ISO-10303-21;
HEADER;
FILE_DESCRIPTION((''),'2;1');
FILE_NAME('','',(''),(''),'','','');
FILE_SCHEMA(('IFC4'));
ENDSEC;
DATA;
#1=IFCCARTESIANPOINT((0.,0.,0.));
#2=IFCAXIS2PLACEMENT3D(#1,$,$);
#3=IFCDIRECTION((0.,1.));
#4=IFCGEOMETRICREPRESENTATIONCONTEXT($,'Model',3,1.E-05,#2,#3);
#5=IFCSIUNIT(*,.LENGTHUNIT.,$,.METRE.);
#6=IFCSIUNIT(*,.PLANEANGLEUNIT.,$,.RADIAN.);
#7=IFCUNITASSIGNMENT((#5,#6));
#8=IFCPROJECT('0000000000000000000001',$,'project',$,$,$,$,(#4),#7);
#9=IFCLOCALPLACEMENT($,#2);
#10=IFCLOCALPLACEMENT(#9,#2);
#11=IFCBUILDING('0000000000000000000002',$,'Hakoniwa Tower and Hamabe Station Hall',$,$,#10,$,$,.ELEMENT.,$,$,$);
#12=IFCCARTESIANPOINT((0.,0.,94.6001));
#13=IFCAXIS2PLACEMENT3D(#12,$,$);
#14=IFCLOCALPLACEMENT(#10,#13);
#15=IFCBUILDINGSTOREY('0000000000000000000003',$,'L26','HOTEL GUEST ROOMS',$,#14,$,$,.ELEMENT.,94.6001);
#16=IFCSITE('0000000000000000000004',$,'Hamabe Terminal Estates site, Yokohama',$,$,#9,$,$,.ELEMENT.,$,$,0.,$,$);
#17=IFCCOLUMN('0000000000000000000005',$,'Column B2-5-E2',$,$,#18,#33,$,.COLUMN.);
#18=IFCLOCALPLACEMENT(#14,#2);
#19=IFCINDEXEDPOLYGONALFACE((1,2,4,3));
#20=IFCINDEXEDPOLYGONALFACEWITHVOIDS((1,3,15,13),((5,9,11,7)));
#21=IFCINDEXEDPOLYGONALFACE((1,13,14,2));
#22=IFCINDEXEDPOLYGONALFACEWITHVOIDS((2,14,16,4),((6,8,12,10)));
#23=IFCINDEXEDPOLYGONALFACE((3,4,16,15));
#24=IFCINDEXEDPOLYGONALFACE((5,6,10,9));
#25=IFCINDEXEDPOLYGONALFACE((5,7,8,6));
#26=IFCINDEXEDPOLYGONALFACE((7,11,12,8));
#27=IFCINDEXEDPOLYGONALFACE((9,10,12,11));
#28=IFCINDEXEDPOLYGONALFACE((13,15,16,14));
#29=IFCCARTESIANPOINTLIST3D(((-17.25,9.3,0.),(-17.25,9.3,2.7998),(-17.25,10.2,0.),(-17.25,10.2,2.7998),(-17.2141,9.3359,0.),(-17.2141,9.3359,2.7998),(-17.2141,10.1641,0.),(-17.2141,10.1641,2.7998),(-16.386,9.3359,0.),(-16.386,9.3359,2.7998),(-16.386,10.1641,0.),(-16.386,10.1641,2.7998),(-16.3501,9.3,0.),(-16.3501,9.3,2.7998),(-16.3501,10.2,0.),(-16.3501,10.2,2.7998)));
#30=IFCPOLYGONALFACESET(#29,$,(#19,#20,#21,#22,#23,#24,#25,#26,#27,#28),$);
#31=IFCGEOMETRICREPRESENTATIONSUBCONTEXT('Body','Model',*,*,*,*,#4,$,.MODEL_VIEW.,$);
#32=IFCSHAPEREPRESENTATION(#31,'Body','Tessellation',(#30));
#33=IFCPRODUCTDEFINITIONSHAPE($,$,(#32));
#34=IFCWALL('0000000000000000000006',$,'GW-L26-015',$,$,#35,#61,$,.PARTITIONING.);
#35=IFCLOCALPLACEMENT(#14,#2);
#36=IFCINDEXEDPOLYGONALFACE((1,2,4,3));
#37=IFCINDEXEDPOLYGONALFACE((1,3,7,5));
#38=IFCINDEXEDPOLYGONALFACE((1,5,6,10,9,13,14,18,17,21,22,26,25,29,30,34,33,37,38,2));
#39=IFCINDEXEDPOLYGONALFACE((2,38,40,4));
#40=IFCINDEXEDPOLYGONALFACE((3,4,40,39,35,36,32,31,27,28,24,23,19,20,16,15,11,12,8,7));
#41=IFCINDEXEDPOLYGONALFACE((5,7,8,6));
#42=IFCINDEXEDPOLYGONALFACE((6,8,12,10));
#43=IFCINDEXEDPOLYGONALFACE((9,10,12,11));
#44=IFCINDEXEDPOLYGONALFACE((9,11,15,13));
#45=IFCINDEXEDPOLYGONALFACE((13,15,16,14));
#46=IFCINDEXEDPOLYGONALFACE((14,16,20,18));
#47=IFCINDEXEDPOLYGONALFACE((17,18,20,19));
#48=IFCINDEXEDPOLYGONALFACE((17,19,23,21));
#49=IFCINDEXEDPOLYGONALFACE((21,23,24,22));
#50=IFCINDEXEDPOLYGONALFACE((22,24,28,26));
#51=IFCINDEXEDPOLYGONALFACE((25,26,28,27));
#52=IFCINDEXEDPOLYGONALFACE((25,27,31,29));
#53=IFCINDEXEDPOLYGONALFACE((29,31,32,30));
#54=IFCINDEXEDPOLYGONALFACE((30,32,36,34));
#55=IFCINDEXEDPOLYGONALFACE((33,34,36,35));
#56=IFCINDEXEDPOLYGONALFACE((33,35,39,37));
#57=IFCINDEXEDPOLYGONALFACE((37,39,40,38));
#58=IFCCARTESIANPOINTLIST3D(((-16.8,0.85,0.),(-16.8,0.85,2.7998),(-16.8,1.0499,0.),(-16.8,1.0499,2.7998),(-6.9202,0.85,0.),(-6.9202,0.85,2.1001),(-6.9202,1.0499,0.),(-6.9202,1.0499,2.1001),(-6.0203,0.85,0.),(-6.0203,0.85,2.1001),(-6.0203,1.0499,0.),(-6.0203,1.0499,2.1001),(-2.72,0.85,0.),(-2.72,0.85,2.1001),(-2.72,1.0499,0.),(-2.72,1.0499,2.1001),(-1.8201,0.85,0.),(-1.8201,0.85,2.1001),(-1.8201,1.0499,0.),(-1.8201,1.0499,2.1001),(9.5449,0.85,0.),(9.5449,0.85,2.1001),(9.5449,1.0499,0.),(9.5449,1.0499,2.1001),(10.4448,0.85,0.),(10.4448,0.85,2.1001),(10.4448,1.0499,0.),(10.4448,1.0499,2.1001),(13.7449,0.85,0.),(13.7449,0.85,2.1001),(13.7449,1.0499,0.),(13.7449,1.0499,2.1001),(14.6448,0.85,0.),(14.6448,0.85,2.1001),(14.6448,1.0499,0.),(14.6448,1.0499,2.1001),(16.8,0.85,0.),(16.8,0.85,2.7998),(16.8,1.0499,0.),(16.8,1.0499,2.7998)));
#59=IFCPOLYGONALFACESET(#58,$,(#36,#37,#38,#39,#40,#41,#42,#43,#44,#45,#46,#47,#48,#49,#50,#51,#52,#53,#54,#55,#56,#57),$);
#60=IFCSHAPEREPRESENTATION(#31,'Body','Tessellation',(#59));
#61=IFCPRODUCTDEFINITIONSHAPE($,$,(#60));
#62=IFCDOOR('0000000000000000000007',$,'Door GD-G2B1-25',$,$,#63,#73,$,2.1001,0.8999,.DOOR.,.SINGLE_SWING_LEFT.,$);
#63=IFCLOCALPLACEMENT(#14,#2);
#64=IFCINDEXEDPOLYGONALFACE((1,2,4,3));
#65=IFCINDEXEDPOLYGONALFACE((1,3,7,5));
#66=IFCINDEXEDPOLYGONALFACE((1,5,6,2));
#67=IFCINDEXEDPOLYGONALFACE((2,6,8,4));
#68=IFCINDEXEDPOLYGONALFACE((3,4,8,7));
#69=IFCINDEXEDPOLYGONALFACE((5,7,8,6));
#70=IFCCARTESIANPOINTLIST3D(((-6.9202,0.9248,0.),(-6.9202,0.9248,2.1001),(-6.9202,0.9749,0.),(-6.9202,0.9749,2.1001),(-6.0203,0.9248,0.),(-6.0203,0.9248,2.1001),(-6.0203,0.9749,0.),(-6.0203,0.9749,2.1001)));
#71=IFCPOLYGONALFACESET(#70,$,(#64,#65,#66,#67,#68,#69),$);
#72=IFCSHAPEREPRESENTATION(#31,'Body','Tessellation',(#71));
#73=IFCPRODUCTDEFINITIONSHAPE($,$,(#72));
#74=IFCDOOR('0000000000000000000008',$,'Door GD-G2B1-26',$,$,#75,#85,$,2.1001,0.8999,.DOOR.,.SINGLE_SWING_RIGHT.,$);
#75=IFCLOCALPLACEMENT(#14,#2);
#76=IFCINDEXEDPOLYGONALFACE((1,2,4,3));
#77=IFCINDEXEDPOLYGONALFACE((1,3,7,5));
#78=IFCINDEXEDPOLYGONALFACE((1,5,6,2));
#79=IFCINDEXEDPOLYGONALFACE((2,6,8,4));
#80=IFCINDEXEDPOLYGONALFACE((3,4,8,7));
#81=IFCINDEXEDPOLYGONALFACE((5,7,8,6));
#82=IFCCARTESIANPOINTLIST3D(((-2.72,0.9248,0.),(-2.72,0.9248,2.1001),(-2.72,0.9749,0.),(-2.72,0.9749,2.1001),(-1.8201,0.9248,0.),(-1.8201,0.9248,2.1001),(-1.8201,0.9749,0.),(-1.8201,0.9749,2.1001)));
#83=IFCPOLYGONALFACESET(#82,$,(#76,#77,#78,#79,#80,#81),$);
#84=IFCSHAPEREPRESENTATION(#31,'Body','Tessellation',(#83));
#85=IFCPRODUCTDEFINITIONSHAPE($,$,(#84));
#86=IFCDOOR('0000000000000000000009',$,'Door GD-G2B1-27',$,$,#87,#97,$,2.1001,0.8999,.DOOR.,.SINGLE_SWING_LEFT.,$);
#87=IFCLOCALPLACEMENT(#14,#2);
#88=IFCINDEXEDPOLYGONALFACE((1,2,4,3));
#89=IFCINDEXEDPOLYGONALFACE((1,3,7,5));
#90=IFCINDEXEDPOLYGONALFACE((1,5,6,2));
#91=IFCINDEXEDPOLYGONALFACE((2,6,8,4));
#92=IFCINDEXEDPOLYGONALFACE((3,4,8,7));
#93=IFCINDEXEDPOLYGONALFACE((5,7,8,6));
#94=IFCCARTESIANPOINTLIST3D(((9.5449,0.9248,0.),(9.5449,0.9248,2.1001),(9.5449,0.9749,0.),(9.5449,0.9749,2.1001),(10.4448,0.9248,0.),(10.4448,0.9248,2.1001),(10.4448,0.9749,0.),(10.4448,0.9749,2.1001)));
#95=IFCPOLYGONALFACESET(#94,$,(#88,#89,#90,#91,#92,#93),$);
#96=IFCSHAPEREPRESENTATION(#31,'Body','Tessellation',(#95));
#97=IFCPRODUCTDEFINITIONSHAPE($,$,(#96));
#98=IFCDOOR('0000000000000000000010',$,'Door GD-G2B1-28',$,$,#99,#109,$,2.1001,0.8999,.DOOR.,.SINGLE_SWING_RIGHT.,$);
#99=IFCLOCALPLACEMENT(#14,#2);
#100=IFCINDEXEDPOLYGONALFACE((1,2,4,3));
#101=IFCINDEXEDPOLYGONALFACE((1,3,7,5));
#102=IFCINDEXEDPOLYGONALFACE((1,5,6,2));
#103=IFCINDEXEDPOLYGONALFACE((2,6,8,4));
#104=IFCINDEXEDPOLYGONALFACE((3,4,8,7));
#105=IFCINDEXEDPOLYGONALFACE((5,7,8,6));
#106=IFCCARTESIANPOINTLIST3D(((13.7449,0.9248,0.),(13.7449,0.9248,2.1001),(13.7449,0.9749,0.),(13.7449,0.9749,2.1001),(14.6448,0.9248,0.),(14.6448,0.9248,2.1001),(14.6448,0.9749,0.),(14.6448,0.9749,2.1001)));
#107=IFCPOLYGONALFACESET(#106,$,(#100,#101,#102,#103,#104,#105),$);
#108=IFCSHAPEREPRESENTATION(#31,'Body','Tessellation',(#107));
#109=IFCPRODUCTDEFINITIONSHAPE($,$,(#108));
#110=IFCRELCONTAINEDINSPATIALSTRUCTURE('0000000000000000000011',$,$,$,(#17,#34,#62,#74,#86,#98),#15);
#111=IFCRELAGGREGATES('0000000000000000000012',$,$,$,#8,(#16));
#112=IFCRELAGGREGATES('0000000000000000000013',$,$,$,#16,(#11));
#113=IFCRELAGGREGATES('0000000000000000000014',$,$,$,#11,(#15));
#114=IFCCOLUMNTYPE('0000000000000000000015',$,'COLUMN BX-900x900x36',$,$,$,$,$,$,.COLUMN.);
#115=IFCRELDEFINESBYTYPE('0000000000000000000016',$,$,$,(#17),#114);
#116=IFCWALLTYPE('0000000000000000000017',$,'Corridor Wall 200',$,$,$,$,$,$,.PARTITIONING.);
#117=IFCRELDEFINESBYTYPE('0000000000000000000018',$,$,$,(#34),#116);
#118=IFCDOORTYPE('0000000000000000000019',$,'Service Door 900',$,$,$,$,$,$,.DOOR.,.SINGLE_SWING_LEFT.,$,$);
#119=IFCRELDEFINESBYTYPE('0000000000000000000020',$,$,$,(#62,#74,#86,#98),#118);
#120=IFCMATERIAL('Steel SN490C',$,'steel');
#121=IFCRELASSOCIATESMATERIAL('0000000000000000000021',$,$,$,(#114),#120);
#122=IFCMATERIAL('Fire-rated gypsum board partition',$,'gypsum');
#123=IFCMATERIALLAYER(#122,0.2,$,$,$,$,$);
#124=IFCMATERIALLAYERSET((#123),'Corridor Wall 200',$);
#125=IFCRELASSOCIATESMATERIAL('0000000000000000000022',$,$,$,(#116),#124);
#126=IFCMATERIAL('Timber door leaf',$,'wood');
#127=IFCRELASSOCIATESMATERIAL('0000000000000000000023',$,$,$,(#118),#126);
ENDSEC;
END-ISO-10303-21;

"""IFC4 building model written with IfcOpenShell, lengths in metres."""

from ifc_helpers import new_model, si_unit, direction, frame, frame_2d, origin, origin_2d, place, context, subcontext, project, spatial, rectangle, hollow_rectangle, extrude, material, layer, layer_set, material_profile, profile_set, type_object, element, fill, save


model = new_model("IFC4")

# Units and contexts
model_context = context("Model", 3, precision=1e-05, world=origin(), true_north=direction((0.0, 1.0)))
body_context = subcontext(model_context, "Body", "Model", "MODEL_VIEW")
ifc_project = project(units=[si_unit("LENGTHUNIT", "METRE"), si_unit("PLANEANGLEUNIT", "RADIAN")], contexts=[model_context])

# Site, building, storey
site_placement = place(None, origin())
site = spatial("IfcSite", under=ifc_project, at=site_placement, Name="Hamabe Terminal Estates site, Yokohama", CompositionType="ELEMENT", RefElevation=0.0)
building_placement = place(site_placement, origin())
building = spatial("IfcBuilding", under=site, at=building_placement, Name="Hakoniwa Tower and Hamabe Station Hall", CompositionType="ELEMENT")
storey_placement = place(building_placement, frame((0.0, 0.0, 94.6001)))
storey = spatial("IfcBuildingStorey", under=building, at=storey_placement, Name="L26", Description="HOTEL GUEST ROOMS", CompositionType="ELEMENT", Elevation=94.6001)

# Column
ifc_material_1 = material(Name="Steel SN490C", Category="steel")
ifc_material_profile = material_profile(ifc_material_1, hollow_rectangle(XDim=0.8999, YDim=0.8999, WallThickness=0.0359, at=origin_2d()), Name="BX-900x900x36")
ifc_profile_set = profile_set([ifc_material_profile], Name="Steel SN490C")
column_type = type_object("IfcColumnType", Name="COLUMN BX-900x900x36", PredefinedType="COLUMN", material=ifc_profile_set)
column_placement = place(storey_placement, frame((-16.8, 9.75, 0.0), z_axis=(0.0, 0.0, 1.0), x_axis=(1.0, 0.0, 0.0)))
element("IfcColumn", 1, at=column_placement, inside=storey, type_object=column_type, Name="Column B2-5-E2", PredefinedType="COLUMN", context=body_context, shape_type="SweptSolid", body=[
    extrude(hollow_rectangle(XDim=0.8999, YDim=0.8999, WallThickness=0.0359, at=origin_2d()), origin(), (0.0, 0.0, 1.0), 2.7998),
])

# Wall, openings, doors
ifc_material_2 = material(Name="Fire-rated gypsum board partition", Category="gypsum")
ifc_layer = layer(ifc_material_2, 0.2)
ifc_layer_set = layer_set([ifc_layer], Name="Corridor Wall 200")
wall_type = type_object("IfcWallType", Name="Corridor Wall 200", PredefinedType="PARTITIONING", material=ifc_layer_set)
wall_1_placement = place(storey_placement, frame((-16.8, 0.95, 0.0), z_axis=(0.0, 0.0, 1.0), x_axis=(1.0, 0.0, 0.0)))
wall_1 = element("IfcWall", 2, at=wall_1_placement, inside=storey, type_object=wall_type, Name="GW-L26-015", PredefinedType="PARTITIONING", context=body_context, shape_type="SweptSolid", body=[
    extrude(rectangle(XDim=33.6001, YDim=0.2, at=frame_2d((16.8, 0.0))), origin(), (0.0, 0.0, 1.0), 2.7998),
])
opening_1_placement = place(wall_1_placement, frame((9.8799, 0.0, 0.0)))
opening_1 = element("IfcOpeningElement", 3, at=opening_1_placement, cuts=wall_1, PredefinedType="OPENING", context=body_context, shape_type="SweptSolid", body=[
    extrude(rectangle(XDim=0.8999, YDim=2.1001, at=frame_2d((0.45, 1.05))), frame((0.0, 0.1099, 0.0), z_axis=(0.0, -1.0, 0.0), x_axis=(1.0, 0.0, 0.0)), (0.0, 0.0, 1.0), 0.22),
])
opening_2_placement = place(wall_1_placement, frame((14.0801, 0.0, 0.0)))
opening_2 = element("IfcOpeningElement", 4, at=opening_2_placement, cuts=wall_1, PredefinedType="OPENING", context=body_context, shape_type="SweptSolid", body=[
    extrude(rectangle(XDim=0.8999, YDim=2.1001, at=frame_2d((0.45, 1.05))), frame((0.0, 0.1099, 0.0), z_axis=(0.0, -1.0, 0.0), x_axis=(1.0, 0.0, 0.0)), (0.0, 0.0, 1.0), 0.22),
])
opening_3_placement = place(wall_1_placement, frame((26.345, 0.0, 0.0)))
opening_3 = element("IfcOpeningElement", 5, at=opening_3_placement, cuts=wall_1, PredefinedType="OPENING", context=body_context, shape_type="SweptSolid", body=[
    extrude(rectangle(XDim=0.8999, YDim=2.1001, at=frame_2d((0.45, 1.05))), frame((0.0, 0.1099, 0.0), z_axis=(0.0, -1.0, 0.0), x_axis=(1.0, 0.0, 0.0)), (0.0, 0.0, 1.0), 0.22),
])
opening_4_placement = place(wall_1_placement, frame((30.5449, 0.0, 0.0)))
opening_4 = element("IfcOpeningElement", 6, at=opening_4_placement, cuts=wall_1, PredefinedType="OPENING", context=body_context, shape_type="SweptSolid", body=[
    extrude(rectangle(XDim=0.8999, YDim=2.1001, at=frame_2d((0.45, 1.05))), frame((0.0, 0.1099, 0.0), z_axis=(0.0, -1.0, 0.0), x_axis=(1.0, 0.0, 0.0)), (0.0, 0.0, 1.0), 0.22),
])
ifc_material_3 = material(Name="Timber door leaf", Category="wood")
door_type_1 = type_object("IfcDoorType", Name="Service Door 900", OperationType="SINGLE_SWING_LEFT", PredefinedType="DOOR", material=ifc_material_3)
door_1_placement = place(opening_1_placement, origin())
door_1 = element("IfcDoor", 7, at=door_1_placement, inside=storey, type_object=door_type_1, Name="Door GD-G2B1-25", OperationType="SINGLE_SWING_LEFT", OverallHeight=2.1001, OverallWidth=0.8999, PredefinedType="DOOR", context=body_context, shape_type="SweptSolid", body=[
    extrude(rectangle(XDim=0.8999, YDim=2.1001, at=frame_2d((0.45, 1.05))), frame((0.0, 0.0249, 0.0), z_axis=(0.0, -1.0, 0.0), x_axis=(1.0, 0.0, 0.0)), (0.0, 0.0, 1.0), 0.05),
])
fill(opening_1, door_1)
door_2_placement = place(opening_2_placement, origin())
door_2 = element("IfcDoor", 8, at=door_2_placement, inside=storey, type_object=door_type_1, Name="Door GD-G2B1-26", OperationType="SINGLE_SWING_RIGHT", OverallHeight=2.1001, OverallWidth=0.8999, PredefinedType="DOOR", context=body_context, shape_type="SweptSolid", body=[
    extrude(rectangle(XDim=0.8999, YDim=2.1001, at=frame_2d((0.45, 1.05))), frame((0.0, 0.0249, 0.0), z_axis=(0.0, -1.0, 0.0), x_axis=(1.0, 0.0, 0.0)), (0.0, 0.0, 1.0), 0.05),
])
fill(opening_2, door_2)
door_3_placement = place(opening_3_placement, origin())
door_3 = element("IfcDoor", 9, at=door_3_placement, inside=storey, type_object=door_type_1, Name="Door GD-G2B1-27", OperationType="SINGLE_SWING_LEFT", OverallHeight=2.1001, OverallWidth=0.8999, PredefinedType="DOOR", context=body_context, shape_type="SweptSolid", body=[
    extrude(rectangle(XDim=0.8999, YDim=2.1001, at=frame_2d((0.45, 1.05))), frame((0.0, 0.0249, 0.0), z_axis=(0.0, -1.0, 0.0), x_axis=(1.0, 0.0, 0.0)), (0.0, 0.0, 1.0), 0.05),
])
fill(opening_3, door_3)
door_4_placement = place(opening_4_placement, origin())
door_4 = element("IfcDoor", 10, at=door_4_placement, inside=storey, type_object=door_type_1, Name="Door GD-G2B1-28", OperationType="SINGLE_SWING_RIGHT", OverallHeight=2.1001, OverallWidth=0.8999, PredefinedType="DOOR", context=body_context, shape_type="SweptSolid", body=[
    extrude(rectangle(XDim=0.8999, YDim=2.1001, at=frame_2d((0.45, 1.05))), frame((0.0, 0.0249, 0.0), z_axis=(0.0, -1.0, 0.0), x_axis=(1.0, 0.0, 0.0)), (0.0, 0.0, 1.0), 0.05),
])
fill(opening_4, door_4)

save(model, "model.ifc")
